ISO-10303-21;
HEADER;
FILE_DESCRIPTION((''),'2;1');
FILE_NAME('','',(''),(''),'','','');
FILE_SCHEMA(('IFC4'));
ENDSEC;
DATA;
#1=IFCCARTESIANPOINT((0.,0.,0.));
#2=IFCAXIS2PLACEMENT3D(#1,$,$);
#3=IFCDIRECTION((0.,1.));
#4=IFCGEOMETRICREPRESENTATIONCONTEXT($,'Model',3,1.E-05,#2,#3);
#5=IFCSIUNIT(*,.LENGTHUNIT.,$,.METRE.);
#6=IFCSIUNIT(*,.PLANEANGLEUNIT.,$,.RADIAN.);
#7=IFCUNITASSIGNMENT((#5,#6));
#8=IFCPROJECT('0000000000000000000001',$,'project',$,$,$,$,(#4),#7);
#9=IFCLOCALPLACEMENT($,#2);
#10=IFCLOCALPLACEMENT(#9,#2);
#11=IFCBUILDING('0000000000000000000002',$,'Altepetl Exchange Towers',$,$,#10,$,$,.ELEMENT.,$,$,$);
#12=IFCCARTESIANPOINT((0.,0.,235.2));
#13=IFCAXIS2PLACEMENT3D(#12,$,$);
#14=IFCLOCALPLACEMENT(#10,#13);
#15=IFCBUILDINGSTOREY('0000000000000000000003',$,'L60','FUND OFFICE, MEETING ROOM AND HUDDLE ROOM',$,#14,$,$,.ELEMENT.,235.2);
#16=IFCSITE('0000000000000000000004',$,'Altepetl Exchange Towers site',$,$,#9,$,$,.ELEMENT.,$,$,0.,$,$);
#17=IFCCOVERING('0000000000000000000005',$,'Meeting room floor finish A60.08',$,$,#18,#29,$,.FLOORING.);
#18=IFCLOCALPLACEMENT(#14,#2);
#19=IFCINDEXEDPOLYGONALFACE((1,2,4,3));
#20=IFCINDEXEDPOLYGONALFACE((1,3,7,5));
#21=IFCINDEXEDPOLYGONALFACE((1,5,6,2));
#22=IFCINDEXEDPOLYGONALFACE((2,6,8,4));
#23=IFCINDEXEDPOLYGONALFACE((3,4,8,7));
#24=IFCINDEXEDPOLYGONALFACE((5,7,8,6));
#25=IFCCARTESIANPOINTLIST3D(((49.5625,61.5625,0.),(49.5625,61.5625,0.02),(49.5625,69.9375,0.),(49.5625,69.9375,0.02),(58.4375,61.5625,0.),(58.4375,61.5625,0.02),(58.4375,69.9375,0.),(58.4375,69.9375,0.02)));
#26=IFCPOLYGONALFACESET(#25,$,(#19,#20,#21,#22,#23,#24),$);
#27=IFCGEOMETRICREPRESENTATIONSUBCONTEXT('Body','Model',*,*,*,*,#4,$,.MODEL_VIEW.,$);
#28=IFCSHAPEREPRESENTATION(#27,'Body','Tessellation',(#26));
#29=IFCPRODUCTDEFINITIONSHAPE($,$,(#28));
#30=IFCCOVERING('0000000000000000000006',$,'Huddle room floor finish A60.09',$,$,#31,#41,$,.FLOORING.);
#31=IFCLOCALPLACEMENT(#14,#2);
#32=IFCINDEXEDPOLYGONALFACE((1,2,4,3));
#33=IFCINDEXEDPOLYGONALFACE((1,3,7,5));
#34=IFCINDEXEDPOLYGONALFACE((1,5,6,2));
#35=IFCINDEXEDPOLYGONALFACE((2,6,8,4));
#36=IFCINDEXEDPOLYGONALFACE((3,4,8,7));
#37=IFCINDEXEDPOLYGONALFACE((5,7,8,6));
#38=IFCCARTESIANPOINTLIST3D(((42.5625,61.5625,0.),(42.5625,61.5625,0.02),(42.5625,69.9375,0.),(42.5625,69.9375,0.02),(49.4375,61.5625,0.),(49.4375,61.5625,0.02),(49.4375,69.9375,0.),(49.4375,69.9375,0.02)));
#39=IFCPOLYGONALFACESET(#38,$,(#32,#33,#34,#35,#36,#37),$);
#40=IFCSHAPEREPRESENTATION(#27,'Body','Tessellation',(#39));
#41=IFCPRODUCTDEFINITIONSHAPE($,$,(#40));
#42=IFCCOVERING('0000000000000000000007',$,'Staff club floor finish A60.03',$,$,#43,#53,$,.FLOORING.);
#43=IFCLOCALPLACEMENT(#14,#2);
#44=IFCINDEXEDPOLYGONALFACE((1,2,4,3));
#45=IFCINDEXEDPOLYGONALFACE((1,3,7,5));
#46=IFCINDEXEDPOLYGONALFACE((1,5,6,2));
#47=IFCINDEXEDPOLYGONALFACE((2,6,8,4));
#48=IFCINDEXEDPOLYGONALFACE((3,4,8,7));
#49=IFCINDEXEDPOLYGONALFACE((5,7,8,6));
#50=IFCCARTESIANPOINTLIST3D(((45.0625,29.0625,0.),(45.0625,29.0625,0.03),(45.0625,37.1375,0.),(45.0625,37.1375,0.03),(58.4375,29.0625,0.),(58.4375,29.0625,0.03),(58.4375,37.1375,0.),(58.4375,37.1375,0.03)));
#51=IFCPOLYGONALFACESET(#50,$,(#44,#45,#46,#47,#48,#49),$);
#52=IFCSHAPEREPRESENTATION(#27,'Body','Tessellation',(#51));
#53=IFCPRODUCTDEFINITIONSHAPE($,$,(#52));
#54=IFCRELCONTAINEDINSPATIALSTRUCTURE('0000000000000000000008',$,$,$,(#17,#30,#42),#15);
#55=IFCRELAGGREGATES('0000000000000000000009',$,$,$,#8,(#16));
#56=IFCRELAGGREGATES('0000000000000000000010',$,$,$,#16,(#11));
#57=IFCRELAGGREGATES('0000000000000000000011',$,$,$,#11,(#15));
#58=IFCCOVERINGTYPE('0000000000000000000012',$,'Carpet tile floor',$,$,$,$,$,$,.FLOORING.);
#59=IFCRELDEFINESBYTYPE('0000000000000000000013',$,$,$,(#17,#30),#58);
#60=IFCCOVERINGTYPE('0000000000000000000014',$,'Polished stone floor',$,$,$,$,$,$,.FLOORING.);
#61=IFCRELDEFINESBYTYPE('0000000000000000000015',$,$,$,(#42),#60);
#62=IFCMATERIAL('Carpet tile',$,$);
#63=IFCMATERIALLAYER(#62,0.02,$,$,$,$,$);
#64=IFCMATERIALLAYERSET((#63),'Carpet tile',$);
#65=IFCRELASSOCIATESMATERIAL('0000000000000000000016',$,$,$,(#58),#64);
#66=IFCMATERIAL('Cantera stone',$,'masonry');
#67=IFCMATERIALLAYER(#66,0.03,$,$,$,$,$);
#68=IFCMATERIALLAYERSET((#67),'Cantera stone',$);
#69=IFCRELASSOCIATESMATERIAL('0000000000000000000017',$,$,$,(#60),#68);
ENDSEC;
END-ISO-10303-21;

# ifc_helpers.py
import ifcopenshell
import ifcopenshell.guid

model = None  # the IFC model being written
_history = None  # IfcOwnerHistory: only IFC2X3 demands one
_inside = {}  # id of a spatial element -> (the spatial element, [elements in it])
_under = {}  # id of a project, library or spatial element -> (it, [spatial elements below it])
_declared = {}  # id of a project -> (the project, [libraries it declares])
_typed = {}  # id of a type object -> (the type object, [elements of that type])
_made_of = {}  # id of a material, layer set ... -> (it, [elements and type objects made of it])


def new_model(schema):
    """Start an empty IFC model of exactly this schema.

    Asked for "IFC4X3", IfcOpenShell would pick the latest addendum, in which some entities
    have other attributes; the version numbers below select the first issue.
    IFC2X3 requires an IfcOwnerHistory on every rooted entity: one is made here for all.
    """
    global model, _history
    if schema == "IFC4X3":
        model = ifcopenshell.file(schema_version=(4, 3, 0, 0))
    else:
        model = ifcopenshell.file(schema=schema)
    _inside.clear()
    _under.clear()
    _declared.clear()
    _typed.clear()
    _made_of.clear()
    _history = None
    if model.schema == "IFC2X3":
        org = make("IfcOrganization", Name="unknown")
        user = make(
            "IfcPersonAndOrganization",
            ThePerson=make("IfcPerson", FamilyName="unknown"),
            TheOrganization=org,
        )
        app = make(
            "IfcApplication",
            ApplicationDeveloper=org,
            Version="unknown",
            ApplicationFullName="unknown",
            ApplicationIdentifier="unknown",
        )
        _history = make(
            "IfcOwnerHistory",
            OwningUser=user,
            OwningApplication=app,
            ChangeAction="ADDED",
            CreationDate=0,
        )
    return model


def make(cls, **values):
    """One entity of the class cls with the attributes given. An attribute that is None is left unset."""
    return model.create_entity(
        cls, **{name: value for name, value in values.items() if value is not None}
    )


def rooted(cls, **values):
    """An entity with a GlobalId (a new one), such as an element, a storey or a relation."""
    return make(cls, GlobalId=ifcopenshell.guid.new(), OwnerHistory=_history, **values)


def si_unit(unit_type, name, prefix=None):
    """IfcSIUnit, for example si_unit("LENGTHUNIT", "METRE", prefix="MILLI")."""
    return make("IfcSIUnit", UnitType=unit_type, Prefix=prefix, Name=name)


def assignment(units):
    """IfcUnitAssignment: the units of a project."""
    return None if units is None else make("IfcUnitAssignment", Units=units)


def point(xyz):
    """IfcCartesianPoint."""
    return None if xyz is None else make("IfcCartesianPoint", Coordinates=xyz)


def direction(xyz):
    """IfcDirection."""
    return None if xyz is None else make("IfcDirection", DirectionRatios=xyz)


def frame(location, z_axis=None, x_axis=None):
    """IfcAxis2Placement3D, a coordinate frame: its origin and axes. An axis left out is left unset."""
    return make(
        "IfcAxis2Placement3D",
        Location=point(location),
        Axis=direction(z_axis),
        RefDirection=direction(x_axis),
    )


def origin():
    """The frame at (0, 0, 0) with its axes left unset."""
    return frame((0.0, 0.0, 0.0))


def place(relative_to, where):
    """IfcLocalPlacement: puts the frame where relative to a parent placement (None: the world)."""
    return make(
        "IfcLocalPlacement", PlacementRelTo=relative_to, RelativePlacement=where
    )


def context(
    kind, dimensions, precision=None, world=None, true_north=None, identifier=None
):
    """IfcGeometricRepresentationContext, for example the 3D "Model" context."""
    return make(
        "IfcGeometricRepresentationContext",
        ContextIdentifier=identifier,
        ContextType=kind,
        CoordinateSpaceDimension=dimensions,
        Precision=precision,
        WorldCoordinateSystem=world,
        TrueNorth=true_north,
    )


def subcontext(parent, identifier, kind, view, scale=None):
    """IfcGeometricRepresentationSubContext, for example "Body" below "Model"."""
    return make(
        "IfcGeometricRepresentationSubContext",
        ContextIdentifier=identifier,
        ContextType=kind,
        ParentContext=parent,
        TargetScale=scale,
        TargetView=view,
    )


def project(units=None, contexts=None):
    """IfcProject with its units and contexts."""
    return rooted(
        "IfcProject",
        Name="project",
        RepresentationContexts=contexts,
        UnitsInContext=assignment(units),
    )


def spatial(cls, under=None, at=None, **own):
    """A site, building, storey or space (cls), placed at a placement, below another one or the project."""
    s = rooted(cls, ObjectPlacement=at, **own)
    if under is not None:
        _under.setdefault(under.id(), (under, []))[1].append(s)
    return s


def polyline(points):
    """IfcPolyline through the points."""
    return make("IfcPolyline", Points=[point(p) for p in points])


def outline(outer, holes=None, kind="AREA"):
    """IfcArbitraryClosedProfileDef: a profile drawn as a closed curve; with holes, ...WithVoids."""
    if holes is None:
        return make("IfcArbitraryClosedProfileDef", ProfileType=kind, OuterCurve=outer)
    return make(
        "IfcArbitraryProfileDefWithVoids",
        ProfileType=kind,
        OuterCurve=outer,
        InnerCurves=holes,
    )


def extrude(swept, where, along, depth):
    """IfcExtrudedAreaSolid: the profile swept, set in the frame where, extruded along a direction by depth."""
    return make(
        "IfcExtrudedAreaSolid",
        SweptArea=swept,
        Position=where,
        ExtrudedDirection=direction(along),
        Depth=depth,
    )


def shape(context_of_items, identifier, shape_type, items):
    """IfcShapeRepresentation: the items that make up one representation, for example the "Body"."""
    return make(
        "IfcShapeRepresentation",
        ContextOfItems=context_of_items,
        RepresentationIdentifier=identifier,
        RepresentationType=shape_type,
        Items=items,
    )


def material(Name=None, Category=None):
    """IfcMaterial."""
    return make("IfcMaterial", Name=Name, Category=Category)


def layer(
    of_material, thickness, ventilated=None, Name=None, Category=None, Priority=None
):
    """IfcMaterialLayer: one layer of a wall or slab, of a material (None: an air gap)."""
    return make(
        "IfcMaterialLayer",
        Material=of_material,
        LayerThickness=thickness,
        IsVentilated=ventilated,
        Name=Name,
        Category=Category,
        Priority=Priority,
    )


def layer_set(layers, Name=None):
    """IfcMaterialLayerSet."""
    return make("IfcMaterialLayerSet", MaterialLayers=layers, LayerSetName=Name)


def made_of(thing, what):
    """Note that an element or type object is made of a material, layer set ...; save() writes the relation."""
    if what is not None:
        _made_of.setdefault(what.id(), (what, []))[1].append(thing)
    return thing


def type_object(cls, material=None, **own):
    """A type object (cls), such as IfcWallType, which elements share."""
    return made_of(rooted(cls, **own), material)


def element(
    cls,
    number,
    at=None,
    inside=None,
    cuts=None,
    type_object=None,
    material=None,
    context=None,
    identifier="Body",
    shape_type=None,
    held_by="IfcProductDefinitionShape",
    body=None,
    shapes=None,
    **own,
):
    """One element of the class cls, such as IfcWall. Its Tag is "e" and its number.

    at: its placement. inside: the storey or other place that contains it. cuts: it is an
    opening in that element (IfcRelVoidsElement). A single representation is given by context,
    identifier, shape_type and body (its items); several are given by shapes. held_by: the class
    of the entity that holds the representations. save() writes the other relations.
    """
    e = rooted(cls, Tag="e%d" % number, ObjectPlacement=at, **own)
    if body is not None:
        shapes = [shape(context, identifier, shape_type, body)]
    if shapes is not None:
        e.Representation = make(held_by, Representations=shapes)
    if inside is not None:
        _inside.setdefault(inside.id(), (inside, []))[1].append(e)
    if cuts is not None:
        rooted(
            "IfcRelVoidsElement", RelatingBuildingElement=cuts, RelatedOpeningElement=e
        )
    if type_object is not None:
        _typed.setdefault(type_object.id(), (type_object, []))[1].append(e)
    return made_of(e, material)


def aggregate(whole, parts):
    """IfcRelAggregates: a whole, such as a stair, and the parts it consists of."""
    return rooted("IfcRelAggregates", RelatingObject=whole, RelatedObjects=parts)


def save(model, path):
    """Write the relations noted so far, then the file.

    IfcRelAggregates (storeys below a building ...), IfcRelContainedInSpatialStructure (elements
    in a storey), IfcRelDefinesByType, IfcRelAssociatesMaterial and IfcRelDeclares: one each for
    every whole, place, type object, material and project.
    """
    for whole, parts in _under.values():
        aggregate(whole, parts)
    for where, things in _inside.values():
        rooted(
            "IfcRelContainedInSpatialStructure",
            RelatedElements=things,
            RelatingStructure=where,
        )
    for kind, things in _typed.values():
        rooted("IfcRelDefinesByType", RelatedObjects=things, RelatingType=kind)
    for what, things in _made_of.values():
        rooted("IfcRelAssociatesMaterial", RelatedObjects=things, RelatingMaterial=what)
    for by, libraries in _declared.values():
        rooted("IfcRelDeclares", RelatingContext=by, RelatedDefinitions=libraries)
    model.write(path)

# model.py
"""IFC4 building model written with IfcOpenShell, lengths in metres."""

from ifc_helpers import new_model, si_unit, direction, frame, origin, place, context, subcontext, project, spatial, polyline, outline, extrude, material, layer, layer_set, type_object, element, save


model = new_model("IFC4")

# Units and contexts
model_context = context("Model", 3, precision=1e-05, world=origin(), true_north=direction((0.0, 1.0)))
body_context = subcontext(model_context, "Body", "Model", "MODEL_VIEW")
ifc_project = project(units=[si_unit("LENGTHUNIT", "METRE"), si_unit("PLANEANGLEUNIT", "RADIAN")], contexts=[model_context])

# Site, building, storey
site_placement = place(None, origin())
site = spatial("IfcSite", under=ifc_project, at=site_placement, Name="Altepetl Exchange Towers site", CompositionType="ELEMENT", RefElevation=0.0)
building_placement = place(site_placement, origin())
building = spatial("IfcBuilding", under=site, at=building_placement, Name="Altepetl Exchange Towers", CompositionType="ELEMENT")
storey_placement = place(building_placement, frame((0.0, 0.0, 235.2)))
storey = spatial("IfcBuildingStorey", under=building, at=storey_placement, Name="L60", Description="FUND OFFICE, MEETING ROOM AND HUDDLE ROOM", CompositionType="ELEMENT", Elevation=235.2)

# Coverings
ifc_material_1 = material(Name="Carpet tile")
ifc_layer_1 = layer(ifc_material_1, 0.02)
ifc_layer_set_1 = layer_set([ifc_layer_1], Name="Carpet tile")
covering_type_1 = type_object("IfcCoveringType", Name="Carpet tile floor", PredefinedType="FLOORING", material=ifc_layer_set_1)
covering_1_placement = place(storey_placement, origin())
element("IfcCovering", 1, at=covering_1_placement, inside=storey, type_object=covering_type_1, Name="Meeting room floor finish A60.08", PredefinedType="FLOORING", context=body_context, shape_type="SweptSolid", body=[
    extrude(outline(polyline([(58.4375, 61.5625), (58.4375, 69.9375), (49.5625, 69.9375), (49.5625, 61.5625), (58.4375, 61.5625)])), origin(), (0.0, 0.0, 1.0), 0.02),
])
covering_2_placement = place(storey_placement, origin())
element("IfcCovering", 2, at=covering_2_placement, inside=storey, type_object=covering_type_1, Name="Huddle room floor finish A60.09", PredefinedType="FLOORING", context=body_context, shape_type="SweptSolid", body=[
    extrude(outline(polyline([(42.5625, 61.5625), (49.4375, 61.5625), (49.4375, 69.9375), (42.5625, 69.9375), (42.5625, 61.5625)])), origin(), (0.0, 0.0, 1.0), 0.02),
])
ifc_material_2 = material(Name="Cantera stone", Category="masonry")
ifc_layer_2 = layer(ifc_material_2, 0.03)
ifc_layer_set_2 = layer_set([ifc_layer_2], Name="Cantera stone")
covering_type_2 = type_object("IfcCoveringType", Name="Polished stone floor", PredefinedType="FLOORING", material=ifc_layer_set_2)
covering_3_placement = place(storey_placement, origin())
element("IfcCovering", 3, at=covering_3_placement, inside=storey, type_object=covering_type_2, Name="Staff club floor finish A60.03", PredefinedType="FLOORING", context=body_context, shape_type="SweptSolid", body=[
    extrude(outline(polyline([(45.0625, 37.1375), (45.0625, 29.0625), (58.4375, 29.0625), (58.4375, 37.1375), (45.0625, 37.1375)])), origin(), (0.0, 0.0, 1.0), 0.03),
])

save(model, "model.ifc")
